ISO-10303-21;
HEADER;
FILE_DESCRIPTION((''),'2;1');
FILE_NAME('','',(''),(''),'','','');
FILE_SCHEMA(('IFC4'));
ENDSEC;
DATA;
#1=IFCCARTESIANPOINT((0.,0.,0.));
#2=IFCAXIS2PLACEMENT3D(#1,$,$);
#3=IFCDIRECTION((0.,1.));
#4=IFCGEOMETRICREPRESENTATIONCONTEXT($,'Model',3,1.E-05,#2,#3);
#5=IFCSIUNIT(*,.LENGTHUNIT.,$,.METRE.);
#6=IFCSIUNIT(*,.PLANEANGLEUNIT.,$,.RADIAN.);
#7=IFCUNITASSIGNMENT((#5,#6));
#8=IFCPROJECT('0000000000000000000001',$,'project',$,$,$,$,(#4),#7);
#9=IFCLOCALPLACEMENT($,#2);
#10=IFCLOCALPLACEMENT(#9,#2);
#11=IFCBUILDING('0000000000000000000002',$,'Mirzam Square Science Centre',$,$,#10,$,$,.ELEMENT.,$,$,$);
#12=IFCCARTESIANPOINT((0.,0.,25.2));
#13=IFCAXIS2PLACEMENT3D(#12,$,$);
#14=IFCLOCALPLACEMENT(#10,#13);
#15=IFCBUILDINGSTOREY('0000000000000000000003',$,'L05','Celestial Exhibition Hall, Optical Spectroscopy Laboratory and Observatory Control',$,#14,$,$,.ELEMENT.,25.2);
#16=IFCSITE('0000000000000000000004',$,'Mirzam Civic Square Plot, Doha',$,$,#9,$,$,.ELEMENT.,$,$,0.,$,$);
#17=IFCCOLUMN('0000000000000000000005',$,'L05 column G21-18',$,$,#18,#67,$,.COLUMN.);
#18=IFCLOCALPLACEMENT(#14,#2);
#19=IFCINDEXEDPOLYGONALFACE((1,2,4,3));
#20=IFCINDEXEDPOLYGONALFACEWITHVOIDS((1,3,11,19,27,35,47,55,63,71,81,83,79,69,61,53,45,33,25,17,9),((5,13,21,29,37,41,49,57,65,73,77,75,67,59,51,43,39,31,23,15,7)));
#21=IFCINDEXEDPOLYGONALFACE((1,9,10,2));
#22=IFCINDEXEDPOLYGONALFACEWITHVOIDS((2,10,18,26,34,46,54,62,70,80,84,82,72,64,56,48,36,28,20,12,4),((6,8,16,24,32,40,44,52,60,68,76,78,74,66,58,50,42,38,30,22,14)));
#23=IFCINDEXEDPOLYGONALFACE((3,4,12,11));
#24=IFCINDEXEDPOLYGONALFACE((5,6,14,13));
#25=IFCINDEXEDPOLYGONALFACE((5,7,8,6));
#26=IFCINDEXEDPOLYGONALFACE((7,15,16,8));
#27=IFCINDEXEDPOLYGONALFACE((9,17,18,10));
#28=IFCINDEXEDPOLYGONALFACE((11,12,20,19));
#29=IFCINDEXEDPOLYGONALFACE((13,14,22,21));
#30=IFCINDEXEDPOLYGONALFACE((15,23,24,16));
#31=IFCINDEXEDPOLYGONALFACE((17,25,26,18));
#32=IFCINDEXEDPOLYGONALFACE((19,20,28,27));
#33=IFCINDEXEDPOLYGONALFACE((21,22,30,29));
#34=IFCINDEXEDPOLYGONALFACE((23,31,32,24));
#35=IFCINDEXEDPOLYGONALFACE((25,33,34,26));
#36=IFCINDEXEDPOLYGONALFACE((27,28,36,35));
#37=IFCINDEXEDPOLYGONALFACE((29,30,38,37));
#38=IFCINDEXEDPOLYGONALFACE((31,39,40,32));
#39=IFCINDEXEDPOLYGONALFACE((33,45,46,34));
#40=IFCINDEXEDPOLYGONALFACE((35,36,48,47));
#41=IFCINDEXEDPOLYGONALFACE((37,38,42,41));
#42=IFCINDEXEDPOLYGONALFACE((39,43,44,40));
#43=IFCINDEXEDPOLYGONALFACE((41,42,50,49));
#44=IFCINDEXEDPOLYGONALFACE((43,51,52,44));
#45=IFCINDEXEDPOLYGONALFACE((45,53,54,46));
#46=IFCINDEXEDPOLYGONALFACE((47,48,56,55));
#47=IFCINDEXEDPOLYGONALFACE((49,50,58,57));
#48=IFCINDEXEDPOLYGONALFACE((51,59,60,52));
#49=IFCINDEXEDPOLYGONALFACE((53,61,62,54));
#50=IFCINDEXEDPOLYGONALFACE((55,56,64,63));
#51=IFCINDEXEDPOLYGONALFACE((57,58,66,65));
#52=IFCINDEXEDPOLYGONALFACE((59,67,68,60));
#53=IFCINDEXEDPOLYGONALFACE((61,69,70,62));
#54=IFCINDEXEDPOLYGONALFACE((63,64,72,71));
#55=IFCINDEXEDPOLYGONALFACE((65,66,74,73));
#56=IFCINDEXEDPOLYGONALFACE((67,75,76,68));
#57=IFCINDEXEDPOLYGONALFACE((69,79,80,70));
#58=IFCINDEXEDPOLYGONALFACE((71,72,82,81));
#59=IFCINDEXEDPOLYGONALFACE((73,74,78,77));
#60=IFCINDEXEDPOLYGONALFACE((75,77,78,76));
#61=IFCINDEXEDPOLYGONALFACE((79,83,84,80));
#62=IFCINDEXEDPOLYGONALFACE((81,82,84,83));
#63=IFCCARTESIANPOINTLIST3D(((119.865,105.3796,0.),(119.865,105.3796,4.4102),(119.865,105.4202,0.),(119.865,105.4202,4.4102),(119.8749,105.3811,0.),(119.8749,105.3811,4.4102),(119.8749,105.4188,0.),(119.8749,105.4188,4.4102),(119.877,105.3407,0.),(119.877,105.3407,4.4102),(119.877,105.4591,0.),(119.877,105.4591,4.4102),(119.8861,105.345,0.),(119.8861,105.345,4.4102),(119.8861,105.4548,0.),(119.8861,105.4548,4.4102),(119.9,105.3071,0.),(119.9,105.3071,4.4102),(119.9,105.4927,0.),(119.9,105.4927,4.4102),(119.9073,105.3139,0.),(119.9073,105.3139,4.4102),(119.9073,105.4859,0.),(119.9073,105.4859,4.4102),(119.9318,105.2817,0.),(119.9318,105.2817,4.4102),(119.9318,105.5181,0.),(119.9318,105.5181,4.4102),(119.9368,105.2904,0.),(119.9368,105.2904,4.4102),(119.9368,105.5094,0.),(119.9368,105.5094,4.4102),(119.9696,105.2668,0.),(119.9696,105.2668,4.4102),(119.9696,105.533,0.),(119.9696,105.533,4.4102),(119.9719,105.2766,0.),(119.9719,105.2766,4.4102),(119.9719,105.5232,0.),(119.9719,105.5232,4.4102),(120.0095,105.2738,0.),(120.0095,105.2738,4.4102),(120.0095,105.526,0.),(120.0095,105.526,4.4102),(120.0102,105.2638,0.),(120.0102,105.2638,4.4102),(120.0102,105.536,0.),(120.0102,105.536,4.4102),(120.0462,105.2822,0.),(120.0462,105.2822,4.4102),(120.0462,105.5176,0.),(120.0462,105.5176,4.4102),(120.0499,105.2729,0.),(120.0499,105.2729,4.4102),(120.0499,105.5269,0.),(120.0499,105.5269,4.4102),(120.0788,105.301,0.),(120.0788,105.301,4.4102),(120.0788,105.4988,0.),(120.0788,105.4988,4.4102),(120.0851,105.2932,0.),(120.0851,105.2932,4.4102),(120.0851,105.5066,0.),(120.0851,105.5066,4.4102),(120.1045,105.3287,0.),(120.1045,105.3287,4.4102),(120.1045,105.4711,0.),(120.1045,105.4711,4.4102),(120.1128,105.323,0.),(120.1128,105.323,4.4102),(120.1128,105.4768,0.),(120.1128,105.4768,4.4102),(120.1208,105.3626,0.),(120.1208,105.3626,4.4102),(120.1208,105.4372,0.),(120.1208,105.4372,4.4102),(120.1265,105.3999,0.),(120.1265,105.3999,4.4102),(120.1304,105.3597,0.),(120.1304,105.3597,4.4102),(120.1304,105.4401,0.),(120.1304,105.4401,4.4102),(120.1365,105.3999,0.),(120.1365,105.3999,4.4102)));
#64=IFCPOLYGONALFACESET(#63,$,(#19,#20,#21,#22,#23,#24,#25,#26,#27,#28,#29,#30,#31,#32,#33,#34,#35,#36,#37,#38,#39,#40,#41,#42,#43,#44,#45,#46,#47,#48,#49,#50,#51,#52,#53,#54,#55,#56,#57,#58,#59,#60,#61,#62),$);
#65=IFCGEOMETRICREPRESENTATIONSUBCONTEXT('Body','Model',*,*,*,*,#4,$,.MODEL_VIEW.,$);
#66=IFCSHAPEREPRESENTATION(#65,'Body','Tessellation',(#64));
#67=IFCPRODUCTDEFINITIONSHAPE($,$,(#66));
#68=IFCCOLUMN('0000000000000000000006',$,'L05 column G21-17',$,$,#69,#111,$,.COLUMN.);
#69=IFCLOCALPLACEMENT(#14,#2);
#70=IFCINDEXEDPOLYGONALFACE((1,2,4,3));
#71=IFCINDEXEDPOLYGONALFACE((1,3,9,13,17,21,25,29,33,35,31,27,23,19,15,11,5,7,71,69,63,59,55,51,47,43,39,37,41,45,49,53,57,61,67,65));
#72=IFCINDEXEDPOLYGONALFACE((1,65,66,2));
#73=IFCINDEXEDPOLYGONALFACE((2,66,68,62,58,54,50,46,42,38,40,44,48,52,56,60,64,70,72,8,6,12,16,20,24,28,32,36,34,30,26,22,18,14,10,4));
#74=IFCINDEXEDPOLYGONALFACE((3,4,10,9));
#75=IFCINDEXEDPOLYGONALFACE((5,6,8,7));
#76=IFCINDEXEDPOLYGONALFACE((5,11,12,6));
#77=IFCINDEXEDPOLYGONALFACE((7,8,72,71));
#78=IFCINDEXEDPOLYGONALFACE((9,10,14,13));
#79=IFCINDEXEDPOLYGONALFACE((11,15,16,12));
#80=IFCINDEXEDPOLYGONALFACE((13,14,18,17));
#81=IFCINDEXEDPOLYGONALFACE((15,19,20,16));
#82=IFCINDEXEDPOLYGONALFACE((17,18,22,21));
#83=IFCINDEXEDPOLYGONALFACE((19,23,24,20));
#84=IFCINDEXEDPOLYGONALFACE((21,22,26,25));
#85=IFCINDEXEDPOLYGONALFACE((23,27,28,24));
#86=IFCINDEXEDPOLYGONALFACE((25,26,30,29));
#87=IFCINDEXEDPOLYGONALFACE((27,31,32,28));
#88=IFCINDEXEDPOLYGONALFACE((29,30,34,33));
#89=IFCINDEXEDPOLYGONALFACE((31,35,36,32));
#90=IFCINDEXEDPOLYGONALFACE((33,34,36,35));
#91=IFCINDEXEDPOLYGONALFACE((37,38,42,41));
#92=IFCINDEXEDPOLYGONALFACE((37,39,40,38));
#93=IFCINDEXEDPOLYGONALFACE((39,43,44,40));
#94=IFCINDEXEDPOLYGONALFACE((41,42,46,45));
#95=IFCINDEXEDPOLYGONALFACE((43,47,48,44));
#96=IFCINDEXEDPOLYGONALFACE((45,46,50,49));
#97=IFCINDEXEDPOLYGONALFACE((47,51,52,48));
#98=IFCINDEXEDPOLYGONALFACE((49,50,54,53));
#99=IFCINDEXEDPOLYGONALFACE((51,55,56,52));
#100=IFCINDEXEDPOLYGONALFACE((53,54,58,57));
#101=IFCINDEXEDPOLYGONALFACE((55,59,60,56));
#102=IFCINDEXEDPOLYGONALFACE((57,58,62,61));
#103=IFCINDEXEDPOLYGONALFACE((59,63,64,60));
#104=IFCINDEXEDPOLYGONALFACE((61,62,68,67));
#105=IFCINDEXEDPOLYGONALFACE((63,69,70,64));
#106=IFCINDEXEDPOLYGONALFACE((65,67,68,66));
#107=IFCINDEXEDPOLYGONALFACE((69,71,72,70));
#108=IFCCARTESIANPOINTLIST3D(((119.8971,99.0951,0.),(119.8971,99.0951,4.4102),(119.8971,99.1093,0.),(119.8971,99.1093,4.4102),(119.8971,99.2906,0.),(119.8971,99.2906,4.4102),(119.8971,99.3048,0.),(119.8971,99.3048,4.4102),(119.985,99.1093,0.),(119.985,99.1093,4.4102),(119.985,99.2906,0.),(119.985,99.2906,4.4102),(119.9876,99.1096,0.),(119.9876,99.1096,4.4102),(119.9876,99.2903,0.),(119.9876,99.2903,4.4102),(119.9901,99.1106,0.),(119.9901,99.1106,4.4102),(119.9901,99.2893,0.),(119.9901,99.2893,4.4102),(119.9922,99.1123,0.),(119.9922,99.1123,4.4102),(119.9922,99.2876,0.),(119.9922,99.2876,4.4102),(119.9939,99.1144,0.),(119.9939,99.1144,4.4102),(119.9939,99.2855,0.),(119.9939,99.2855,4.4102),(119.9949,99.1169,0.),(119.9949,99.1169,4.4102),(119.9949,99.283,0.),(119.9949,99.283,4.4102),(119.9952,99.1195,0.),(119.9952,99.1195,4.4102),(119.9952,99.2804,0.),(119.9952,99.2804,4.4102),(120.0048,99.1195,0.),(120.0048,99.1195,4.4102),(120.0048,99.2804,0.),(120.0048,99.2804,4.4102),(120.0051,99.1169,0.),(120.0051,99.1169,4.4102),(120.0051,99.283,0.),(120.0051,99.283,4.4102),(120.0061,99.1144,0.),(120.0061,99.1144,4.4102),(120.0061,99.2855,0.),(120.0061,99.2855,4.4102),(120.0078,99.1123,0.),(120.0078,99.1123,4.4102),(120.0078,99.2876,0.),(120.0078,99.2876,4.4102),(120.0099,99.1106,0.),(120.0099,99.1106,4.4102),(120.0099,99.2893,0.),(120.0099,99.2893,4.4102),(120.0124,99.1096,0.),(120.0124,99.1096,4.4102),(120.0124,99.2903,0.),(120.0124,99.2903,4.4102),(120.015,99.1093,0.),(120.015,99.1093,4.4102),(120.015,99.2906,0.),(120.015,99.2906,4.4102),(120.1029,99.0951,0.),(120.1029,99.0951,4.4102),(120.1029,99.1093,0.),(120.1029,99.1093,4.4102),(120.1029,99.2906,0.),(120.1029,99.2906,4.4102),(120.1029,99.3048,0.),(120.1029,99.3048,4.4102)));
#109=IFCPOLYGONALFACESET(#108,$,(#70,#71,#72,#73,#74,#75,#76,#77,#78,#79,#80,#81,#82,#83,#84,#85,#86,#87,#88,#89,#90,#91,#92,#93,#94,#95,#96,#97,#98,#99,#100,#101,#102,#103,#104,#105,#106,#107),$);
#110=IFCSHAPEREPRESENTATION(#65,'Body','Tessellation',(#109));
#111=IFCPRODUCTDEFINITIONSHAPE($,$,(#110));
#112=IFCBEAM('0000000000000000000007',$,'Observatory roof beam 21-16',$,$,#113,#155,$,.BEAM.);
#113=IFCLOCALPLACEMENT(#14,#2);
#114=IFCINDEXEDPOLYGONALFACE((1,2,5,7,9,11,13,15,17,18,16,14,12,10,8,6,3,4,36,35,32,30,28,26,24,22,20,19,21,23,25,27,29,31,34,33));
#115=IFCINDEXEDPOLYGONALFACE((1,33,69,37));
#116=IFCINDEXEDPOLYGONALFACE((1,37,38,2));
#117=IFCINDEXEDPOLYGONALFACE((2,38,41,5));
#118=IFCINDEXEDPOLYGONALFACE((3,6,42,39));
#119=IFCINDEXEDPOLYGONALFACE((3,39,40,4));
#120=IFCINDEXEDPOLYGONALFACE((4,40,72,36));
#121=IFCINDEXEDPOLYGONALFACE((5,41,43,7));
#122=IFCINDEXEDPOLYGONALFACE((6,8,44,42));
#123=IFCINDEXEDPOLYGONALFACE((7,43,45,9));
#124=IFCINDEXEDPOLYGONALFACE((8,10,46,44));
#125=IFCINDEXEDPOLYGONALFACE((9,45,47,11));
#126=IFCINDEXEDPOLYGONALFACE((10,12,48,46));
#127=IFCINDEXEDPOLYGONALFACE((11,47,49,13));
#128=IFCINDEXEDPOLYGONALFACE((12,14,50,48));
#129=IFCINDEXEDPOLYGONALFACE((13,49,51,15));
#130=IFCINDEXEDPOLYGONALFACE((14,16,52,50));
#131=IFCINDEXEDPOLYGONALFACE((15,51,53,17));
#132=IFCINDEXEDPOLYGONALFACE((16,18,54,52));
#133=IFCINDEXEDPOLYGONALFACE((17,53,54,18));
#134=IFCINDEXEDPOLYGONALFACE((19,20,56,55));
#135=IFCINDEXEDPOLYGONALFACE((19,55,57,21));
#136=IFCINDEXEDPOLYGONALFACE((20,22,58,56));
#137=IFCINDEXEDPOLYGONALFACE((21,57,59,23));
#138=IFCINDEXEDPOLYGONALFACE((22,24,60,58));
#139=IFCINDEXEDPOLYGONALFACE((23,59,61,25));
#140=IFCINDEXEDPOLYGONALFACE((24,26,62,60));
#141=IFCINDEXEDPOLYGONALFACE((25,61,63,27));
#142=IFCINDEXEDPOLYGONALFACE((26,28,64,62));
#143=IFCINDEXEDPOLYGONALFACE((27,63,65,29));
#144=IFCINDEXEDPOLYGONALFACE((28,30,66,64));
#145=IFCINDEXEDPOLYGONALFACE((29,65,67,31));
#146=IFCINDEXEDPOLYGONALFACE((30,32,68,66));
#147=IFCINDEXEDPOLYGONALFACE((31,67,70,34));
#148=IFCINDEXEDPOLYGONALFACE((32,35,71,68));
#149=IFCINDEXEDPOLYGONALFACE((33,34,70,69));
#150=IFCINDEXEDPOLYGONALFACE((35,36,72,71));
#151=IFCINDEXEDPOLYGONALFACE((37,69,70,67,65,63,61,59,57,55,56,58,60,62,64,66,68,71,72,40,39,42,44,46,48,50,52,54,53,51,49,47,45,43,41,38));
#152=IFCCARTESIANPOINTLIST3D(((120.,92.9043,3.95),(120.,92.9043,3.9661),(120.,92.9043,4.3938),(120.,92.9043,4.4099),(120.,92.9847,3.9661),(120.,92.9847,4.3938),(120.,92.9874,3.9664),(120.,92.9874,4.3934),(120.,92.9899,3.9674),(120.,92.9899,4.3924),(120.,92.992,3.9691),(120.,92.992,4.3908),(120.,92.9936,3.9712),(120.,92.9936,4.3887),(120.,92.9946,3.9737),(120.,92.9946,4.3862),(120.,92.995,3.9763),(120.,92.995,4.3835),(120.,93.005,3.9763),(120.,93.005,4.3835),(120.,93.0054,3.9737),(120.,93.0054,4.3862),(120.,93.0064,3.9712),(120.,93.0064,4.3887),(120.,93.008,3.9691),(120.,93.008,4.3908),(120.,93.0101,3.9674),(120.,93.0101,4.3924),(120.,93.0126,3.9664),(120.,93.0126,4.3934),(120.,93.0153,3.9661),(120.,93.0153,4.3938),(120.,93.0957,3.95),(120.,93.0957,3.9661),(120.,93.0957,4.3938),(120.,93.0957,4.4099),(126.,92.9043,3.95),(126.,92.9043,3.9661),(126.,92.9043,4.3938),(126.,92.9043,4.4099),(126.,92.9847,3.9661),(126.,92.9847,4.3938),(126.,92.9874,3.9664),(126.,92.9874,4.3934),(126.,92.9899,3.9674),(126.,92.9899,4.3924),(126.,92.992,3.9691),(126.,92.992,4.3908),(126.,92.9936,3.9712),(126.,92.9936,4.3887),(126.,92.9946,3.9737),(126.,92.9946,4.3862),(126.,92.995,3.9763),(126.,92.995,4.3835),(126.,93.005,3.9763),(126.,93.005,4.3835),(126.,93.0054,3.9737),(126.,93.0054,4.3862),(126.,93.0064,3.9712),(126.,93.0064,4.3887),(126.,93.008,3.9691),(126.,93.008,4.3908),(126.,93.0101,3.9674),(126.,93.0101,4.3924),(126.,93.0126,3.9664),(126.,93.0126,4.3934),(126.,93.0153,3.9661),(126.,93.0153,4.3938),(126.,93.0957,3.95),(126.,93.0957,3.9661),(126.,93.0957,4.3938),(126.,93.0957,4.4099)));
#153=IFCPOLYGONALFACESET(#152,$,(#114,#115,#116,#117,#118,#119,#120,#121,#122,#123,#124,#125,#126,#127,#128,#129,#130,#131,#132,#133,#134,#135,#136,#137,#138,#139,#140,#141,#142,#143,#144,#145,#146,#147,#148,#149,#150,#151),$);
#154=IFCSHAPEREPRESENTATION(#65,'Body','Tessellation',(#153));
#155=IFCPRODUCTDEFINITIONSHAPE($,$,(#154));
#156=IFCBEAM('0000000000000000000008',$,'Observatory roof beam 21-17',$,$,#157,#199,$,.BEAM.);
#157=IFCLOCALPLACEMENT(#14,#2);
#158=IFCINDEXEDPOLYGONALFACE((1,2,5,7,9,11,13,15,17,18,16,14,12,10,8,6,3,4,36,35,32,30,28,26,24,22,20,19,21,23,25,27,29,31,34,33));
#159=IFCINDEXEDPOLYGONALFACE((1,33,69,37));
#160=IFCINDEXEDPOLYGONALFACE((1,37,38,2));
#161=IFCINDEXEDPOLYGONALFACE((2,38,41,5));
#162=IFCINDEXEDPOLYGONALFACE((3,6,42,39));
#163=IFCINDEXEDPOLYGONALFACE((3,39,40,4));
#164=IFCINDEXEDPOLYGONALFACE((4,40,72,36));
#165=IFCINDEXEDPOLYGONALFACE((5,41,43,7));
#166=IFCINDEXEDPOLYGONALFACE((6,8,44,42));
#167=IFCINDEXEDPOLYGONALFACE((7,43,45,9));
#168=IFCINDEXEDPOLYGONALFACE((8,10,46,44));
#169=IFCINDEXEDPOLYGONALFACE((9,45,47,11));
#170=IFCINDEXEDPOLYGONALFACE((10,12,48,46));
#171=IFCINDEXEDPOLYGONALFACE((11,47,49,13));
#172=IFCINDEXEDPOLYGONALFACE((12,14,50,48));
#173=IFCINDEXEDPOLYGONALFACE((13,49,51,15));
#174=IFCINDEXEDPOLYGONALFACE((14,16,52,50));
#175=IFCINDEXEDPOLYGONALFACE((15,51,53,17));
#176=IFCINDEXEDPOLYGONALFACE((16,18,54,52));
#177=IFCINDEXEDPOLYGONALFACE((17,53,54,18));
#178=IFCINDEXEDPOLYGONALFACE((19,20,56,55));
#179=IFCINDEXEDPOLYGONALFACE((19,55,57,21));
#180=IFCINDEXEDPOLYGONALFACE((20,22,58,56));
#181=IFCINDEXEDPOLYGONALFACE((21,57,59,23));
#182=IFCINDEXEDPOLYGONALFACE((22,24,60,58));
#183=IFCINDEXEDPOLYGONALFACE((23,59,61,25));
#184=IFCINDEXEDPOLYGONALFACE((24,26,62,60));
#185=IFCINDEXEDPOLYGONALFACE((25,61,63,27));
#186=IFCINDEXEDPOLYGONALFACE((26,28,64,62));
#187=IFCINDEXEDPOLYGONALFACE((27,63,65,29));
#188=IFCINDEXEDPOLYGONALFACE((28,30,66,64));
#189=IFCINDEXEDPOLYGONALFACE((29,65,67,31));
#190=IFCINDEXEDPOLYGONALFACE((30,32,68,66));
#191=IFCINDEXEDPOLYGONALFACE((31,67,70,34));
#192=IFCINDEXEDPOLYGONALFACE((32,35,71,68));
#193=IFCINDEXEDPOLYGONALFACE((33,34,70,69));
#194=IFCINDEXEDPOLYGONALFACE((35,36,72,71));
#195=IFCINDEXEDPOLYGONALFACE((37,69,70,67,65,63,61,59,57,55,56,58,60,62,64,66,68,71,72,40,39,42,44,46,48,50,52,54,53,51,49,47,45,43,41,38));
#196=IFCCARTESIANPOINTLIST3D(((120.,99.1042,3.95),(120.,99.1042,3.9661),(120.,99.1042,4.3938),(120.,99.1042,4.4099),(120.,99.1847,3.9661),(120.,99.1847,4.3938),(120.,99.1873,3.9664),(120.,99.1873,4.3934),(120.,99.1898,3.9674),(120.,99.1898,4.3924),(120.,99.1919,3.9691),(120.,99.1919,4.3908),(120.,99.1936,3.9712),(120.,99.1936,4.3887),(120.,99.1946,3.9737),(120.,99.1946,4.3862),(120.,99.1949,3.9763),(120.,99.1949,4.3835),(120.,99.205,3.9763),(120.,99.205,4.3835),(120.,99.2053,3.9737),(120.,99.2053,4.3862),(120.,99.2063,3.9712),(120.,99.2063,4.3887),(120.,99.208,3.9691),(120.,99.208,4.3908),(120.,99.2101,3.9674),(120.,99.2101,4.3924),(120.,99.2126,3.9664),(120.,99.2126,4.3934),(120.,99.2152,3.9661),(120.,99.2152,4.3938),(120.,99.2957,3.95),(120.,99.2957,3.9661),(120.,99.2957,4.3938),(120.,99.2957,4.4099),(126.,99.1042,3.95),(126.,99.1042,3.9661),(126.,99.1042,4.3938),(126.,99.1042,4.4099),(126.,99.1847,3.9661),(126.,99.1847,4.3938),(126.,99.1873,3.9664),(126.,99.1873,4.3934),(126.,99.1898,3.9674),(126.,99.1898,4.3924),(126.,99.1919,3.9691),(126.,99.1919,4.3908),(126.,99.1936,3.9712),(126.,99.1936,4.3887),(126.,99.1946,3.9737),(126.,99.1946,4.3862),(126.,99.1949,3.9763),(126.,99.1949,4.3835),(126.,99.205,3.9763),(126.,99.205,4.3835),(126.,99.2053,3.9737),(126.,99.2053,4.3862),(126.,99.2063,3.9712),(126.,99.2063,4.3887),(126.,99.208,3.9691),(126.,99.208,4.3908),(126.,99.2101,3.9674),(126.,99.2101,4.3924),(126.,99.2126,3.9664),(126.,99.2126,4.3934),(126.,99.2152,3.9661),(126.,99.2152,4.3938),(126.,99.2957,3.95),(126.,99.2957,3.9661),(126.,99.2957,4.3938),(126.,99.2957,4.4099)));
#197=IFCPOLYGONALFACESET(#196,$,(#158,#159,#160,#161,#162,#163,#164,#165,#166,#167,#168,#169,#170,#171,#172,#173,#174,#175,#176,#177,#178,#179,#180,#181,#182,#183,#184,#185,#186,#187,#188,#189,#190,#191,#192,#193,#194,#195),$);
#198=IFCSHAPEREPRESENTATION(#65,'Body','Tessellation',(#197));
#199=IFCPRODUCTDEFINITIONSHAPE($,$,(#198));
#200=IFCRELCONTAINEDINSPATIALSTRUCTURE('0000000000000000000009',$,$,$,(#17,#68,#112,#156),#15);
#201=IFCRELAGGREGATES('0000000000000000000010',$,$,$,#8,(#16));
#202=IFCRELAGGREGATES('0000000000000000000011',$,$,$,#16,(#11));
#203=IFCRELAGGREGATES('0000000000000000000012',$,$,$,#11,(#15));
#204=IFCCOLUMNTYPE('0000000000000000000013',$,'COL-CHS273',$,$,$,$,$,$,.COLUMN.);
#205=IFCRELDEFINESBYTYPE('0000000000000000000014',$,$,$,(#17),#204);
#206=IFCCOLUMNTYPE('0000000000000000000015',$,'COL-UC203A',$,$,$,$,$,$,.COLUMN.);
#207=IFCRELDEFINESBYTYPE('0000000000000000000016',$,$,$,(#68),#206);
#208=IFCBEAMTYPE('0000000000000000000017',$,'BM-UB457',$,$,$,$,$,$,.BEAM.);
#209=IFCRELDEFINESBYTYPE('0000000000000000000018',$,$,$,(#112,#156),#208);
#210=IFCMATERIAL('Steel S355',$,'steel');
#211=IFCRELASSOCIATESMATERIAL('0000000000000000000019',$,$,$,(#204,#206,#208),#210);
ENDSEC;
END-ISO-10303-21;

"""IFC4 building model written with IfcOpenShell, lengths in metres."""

from ifc_helpers import new_model, si_unit, direction, frame, origin, origin_2d, place, context, subcontext, project, spatial, hollow_circle, i_section, extrude, material, material_profile, profile_set, type_object, element, save


model = new_model("IFC4")

# Units and contexts
model_context = context("Model", 3, precision=1e-05, world=origin(), true_north=direction((0.0, 1.0)))
body_context = subcontext(model_context, "Body", "Model", "MODEL_VIEW")
ifc_project = project(units=[si_unit("LENGTHUNIT", "METRE"), si_unit("PLANEANGLEUNIT", "RADIAN")], contexts=[model_context])

# Site, building, storey
site_placement = place(None, origin())
site = spatial("IfcSite", under=ifc_project, at=site_placement, Name="Mirzam Civic Square Plot, Doha", CompositionType="ELEMENT", RefElevation=0.0)
building_placement = place(site_placement, origin())
building = spatial("IfcBuilding", under=site, at=building_placement, Name="Mirzam Square Science Centre", CompositionType="ELEMENT")
storey_placement = place(building_placement, frame((0.0, 0.0, 25.2)))
storey = spatial("IfcBuildingStorey", under=building, at=storey_placement, Name="L05", Description="Celestial Exhibition Hall, Optical Spectroscopy Laboratory and Observatory Control", CompositionType="ELEMENT", Elevation=25.2)

# Columns
ifc_material_1 = material(Name="Steel S355", Category="steel")
ifc_material_profile_1 = material_profile(ifc_material_1, hollow_circle(Radius=0.1365, WallThickness=0.01, at=origin_2d()), Name="273.0x10.0CHS")
ifc_profile_set_1 = profile_set([ifc_material_profile_1], Name="Steel S355")
column_type_1 = type_object("IfcColumnType", Name="COL-CHS273", PredefinedType="COLUMN", material=ifc_profile_set_1)
column_1_placement = place(storey_placement, frame((120.0, 105.3999, 0.0), z_axis=(0.0, 0.0, 1.0), x_axis=(1.0, 0.0, 0.0)))
element("IfcColumn", 1, at=column_1_placement, inside=storey, type_object=column_type_1, Name="L05 column G21-18", PredefinedType="COLUMN", context=body_context, shape_type="SweptSolid", body=[
    extrude(hollow_circle(Radius=0.1365, WallThickness=0.01, at=origin_2d()), origin(), (0.0, 0.0, 1.0), 4.4102),
])
ifc_material_profile_2 = material_profile(ifc_material_1, i_section(OverallWidth=0.2058, OverallDepth=0.2097, WebThickness=0.0095, FlangeThickness=0.0142, FilletRadius=0.0103, at=origin_2d()), Name="203x203x60UC")
ifc_profile_set_2 = profile_set([ifc_material_profile_2], Name="Steel S355")
column_type_2 = type_object("IfcColumnType", Name="COL-UC203A", PredefinedType="COLUMN", material=ifc_profile_set_2)
column_2_placement = place(storey_placement, frame((120.0, 99.2, 0.0), z_axis=(0.0, 0.0, 1.0), x_axis=(1.0, 0.0, 0.0)))
element("IfcColumn", 2, at=column_2_placement, inside=storey, type_object=column_type_2, Name="L05 column G21-17", PredefinedType="COLUMN", context=body_context, shape_type="SweptSolid", body=[
    extrude(i_section(OverallWidth=0.2058, OverallDepth=0.2097, WebThickness=0.0095, FlangeThickness=0.0142, FilletRadius=0.0103, at=origin_2d()), origin(), (0.0, 0.0, 1.0), 4.4102),
])

# Beams
ifc_material_profile_3 = material_profile(ifc_material_1, i_section(OverallWidth=0.1914, OverallDepth=0.46, WebThickness=0.01, FlangeThickness=0.0161, FilletRadius=0.0103, at=origin_2d()), Name="457x191x82UB")
ifc_profile_set_3 = profile_set([ifc_material_profile_3], Name="Steel S355")
beam_type_1 = type_object("IfcBeamType", Name="BM-UB457", PredefinedType="BEAM", material=ifc_profile_set_3)
for number, where, z_axis, x_axis, name in (
    (3, (120.0, 93.0, 4.1799), (1.0, 0.0, 0.0), (0.0, 1.0, 0.0), "Observatory roof beam 21-16"),
    (4, (120.0, 99.2, 4.1799), (1.0, 0.0, 0.0), (0.0, 1.0, 0.0), "Observatory roof beam 21-17"),
):
    element("IfcBeam", number, at=place(storey_placement, frame(where, z_axis=z_axis, x_axis=x_axis)), inside=storey, type_object=beam_type_1, Name=name, PredefinedType="BEAM", context=body_context, shape_type="SweptSolid", body=[
        extrude(i_section(OverallWidth=0.1914, OverallDepth=0.46, WebThickness=0.01, FlangeThickness=0.0161, FilletRadius=0.0103, at=origin_2d()), origin(), (0.0, 0.0, 1.0), 6.0),
    ])

save(model, "model.ifc")
